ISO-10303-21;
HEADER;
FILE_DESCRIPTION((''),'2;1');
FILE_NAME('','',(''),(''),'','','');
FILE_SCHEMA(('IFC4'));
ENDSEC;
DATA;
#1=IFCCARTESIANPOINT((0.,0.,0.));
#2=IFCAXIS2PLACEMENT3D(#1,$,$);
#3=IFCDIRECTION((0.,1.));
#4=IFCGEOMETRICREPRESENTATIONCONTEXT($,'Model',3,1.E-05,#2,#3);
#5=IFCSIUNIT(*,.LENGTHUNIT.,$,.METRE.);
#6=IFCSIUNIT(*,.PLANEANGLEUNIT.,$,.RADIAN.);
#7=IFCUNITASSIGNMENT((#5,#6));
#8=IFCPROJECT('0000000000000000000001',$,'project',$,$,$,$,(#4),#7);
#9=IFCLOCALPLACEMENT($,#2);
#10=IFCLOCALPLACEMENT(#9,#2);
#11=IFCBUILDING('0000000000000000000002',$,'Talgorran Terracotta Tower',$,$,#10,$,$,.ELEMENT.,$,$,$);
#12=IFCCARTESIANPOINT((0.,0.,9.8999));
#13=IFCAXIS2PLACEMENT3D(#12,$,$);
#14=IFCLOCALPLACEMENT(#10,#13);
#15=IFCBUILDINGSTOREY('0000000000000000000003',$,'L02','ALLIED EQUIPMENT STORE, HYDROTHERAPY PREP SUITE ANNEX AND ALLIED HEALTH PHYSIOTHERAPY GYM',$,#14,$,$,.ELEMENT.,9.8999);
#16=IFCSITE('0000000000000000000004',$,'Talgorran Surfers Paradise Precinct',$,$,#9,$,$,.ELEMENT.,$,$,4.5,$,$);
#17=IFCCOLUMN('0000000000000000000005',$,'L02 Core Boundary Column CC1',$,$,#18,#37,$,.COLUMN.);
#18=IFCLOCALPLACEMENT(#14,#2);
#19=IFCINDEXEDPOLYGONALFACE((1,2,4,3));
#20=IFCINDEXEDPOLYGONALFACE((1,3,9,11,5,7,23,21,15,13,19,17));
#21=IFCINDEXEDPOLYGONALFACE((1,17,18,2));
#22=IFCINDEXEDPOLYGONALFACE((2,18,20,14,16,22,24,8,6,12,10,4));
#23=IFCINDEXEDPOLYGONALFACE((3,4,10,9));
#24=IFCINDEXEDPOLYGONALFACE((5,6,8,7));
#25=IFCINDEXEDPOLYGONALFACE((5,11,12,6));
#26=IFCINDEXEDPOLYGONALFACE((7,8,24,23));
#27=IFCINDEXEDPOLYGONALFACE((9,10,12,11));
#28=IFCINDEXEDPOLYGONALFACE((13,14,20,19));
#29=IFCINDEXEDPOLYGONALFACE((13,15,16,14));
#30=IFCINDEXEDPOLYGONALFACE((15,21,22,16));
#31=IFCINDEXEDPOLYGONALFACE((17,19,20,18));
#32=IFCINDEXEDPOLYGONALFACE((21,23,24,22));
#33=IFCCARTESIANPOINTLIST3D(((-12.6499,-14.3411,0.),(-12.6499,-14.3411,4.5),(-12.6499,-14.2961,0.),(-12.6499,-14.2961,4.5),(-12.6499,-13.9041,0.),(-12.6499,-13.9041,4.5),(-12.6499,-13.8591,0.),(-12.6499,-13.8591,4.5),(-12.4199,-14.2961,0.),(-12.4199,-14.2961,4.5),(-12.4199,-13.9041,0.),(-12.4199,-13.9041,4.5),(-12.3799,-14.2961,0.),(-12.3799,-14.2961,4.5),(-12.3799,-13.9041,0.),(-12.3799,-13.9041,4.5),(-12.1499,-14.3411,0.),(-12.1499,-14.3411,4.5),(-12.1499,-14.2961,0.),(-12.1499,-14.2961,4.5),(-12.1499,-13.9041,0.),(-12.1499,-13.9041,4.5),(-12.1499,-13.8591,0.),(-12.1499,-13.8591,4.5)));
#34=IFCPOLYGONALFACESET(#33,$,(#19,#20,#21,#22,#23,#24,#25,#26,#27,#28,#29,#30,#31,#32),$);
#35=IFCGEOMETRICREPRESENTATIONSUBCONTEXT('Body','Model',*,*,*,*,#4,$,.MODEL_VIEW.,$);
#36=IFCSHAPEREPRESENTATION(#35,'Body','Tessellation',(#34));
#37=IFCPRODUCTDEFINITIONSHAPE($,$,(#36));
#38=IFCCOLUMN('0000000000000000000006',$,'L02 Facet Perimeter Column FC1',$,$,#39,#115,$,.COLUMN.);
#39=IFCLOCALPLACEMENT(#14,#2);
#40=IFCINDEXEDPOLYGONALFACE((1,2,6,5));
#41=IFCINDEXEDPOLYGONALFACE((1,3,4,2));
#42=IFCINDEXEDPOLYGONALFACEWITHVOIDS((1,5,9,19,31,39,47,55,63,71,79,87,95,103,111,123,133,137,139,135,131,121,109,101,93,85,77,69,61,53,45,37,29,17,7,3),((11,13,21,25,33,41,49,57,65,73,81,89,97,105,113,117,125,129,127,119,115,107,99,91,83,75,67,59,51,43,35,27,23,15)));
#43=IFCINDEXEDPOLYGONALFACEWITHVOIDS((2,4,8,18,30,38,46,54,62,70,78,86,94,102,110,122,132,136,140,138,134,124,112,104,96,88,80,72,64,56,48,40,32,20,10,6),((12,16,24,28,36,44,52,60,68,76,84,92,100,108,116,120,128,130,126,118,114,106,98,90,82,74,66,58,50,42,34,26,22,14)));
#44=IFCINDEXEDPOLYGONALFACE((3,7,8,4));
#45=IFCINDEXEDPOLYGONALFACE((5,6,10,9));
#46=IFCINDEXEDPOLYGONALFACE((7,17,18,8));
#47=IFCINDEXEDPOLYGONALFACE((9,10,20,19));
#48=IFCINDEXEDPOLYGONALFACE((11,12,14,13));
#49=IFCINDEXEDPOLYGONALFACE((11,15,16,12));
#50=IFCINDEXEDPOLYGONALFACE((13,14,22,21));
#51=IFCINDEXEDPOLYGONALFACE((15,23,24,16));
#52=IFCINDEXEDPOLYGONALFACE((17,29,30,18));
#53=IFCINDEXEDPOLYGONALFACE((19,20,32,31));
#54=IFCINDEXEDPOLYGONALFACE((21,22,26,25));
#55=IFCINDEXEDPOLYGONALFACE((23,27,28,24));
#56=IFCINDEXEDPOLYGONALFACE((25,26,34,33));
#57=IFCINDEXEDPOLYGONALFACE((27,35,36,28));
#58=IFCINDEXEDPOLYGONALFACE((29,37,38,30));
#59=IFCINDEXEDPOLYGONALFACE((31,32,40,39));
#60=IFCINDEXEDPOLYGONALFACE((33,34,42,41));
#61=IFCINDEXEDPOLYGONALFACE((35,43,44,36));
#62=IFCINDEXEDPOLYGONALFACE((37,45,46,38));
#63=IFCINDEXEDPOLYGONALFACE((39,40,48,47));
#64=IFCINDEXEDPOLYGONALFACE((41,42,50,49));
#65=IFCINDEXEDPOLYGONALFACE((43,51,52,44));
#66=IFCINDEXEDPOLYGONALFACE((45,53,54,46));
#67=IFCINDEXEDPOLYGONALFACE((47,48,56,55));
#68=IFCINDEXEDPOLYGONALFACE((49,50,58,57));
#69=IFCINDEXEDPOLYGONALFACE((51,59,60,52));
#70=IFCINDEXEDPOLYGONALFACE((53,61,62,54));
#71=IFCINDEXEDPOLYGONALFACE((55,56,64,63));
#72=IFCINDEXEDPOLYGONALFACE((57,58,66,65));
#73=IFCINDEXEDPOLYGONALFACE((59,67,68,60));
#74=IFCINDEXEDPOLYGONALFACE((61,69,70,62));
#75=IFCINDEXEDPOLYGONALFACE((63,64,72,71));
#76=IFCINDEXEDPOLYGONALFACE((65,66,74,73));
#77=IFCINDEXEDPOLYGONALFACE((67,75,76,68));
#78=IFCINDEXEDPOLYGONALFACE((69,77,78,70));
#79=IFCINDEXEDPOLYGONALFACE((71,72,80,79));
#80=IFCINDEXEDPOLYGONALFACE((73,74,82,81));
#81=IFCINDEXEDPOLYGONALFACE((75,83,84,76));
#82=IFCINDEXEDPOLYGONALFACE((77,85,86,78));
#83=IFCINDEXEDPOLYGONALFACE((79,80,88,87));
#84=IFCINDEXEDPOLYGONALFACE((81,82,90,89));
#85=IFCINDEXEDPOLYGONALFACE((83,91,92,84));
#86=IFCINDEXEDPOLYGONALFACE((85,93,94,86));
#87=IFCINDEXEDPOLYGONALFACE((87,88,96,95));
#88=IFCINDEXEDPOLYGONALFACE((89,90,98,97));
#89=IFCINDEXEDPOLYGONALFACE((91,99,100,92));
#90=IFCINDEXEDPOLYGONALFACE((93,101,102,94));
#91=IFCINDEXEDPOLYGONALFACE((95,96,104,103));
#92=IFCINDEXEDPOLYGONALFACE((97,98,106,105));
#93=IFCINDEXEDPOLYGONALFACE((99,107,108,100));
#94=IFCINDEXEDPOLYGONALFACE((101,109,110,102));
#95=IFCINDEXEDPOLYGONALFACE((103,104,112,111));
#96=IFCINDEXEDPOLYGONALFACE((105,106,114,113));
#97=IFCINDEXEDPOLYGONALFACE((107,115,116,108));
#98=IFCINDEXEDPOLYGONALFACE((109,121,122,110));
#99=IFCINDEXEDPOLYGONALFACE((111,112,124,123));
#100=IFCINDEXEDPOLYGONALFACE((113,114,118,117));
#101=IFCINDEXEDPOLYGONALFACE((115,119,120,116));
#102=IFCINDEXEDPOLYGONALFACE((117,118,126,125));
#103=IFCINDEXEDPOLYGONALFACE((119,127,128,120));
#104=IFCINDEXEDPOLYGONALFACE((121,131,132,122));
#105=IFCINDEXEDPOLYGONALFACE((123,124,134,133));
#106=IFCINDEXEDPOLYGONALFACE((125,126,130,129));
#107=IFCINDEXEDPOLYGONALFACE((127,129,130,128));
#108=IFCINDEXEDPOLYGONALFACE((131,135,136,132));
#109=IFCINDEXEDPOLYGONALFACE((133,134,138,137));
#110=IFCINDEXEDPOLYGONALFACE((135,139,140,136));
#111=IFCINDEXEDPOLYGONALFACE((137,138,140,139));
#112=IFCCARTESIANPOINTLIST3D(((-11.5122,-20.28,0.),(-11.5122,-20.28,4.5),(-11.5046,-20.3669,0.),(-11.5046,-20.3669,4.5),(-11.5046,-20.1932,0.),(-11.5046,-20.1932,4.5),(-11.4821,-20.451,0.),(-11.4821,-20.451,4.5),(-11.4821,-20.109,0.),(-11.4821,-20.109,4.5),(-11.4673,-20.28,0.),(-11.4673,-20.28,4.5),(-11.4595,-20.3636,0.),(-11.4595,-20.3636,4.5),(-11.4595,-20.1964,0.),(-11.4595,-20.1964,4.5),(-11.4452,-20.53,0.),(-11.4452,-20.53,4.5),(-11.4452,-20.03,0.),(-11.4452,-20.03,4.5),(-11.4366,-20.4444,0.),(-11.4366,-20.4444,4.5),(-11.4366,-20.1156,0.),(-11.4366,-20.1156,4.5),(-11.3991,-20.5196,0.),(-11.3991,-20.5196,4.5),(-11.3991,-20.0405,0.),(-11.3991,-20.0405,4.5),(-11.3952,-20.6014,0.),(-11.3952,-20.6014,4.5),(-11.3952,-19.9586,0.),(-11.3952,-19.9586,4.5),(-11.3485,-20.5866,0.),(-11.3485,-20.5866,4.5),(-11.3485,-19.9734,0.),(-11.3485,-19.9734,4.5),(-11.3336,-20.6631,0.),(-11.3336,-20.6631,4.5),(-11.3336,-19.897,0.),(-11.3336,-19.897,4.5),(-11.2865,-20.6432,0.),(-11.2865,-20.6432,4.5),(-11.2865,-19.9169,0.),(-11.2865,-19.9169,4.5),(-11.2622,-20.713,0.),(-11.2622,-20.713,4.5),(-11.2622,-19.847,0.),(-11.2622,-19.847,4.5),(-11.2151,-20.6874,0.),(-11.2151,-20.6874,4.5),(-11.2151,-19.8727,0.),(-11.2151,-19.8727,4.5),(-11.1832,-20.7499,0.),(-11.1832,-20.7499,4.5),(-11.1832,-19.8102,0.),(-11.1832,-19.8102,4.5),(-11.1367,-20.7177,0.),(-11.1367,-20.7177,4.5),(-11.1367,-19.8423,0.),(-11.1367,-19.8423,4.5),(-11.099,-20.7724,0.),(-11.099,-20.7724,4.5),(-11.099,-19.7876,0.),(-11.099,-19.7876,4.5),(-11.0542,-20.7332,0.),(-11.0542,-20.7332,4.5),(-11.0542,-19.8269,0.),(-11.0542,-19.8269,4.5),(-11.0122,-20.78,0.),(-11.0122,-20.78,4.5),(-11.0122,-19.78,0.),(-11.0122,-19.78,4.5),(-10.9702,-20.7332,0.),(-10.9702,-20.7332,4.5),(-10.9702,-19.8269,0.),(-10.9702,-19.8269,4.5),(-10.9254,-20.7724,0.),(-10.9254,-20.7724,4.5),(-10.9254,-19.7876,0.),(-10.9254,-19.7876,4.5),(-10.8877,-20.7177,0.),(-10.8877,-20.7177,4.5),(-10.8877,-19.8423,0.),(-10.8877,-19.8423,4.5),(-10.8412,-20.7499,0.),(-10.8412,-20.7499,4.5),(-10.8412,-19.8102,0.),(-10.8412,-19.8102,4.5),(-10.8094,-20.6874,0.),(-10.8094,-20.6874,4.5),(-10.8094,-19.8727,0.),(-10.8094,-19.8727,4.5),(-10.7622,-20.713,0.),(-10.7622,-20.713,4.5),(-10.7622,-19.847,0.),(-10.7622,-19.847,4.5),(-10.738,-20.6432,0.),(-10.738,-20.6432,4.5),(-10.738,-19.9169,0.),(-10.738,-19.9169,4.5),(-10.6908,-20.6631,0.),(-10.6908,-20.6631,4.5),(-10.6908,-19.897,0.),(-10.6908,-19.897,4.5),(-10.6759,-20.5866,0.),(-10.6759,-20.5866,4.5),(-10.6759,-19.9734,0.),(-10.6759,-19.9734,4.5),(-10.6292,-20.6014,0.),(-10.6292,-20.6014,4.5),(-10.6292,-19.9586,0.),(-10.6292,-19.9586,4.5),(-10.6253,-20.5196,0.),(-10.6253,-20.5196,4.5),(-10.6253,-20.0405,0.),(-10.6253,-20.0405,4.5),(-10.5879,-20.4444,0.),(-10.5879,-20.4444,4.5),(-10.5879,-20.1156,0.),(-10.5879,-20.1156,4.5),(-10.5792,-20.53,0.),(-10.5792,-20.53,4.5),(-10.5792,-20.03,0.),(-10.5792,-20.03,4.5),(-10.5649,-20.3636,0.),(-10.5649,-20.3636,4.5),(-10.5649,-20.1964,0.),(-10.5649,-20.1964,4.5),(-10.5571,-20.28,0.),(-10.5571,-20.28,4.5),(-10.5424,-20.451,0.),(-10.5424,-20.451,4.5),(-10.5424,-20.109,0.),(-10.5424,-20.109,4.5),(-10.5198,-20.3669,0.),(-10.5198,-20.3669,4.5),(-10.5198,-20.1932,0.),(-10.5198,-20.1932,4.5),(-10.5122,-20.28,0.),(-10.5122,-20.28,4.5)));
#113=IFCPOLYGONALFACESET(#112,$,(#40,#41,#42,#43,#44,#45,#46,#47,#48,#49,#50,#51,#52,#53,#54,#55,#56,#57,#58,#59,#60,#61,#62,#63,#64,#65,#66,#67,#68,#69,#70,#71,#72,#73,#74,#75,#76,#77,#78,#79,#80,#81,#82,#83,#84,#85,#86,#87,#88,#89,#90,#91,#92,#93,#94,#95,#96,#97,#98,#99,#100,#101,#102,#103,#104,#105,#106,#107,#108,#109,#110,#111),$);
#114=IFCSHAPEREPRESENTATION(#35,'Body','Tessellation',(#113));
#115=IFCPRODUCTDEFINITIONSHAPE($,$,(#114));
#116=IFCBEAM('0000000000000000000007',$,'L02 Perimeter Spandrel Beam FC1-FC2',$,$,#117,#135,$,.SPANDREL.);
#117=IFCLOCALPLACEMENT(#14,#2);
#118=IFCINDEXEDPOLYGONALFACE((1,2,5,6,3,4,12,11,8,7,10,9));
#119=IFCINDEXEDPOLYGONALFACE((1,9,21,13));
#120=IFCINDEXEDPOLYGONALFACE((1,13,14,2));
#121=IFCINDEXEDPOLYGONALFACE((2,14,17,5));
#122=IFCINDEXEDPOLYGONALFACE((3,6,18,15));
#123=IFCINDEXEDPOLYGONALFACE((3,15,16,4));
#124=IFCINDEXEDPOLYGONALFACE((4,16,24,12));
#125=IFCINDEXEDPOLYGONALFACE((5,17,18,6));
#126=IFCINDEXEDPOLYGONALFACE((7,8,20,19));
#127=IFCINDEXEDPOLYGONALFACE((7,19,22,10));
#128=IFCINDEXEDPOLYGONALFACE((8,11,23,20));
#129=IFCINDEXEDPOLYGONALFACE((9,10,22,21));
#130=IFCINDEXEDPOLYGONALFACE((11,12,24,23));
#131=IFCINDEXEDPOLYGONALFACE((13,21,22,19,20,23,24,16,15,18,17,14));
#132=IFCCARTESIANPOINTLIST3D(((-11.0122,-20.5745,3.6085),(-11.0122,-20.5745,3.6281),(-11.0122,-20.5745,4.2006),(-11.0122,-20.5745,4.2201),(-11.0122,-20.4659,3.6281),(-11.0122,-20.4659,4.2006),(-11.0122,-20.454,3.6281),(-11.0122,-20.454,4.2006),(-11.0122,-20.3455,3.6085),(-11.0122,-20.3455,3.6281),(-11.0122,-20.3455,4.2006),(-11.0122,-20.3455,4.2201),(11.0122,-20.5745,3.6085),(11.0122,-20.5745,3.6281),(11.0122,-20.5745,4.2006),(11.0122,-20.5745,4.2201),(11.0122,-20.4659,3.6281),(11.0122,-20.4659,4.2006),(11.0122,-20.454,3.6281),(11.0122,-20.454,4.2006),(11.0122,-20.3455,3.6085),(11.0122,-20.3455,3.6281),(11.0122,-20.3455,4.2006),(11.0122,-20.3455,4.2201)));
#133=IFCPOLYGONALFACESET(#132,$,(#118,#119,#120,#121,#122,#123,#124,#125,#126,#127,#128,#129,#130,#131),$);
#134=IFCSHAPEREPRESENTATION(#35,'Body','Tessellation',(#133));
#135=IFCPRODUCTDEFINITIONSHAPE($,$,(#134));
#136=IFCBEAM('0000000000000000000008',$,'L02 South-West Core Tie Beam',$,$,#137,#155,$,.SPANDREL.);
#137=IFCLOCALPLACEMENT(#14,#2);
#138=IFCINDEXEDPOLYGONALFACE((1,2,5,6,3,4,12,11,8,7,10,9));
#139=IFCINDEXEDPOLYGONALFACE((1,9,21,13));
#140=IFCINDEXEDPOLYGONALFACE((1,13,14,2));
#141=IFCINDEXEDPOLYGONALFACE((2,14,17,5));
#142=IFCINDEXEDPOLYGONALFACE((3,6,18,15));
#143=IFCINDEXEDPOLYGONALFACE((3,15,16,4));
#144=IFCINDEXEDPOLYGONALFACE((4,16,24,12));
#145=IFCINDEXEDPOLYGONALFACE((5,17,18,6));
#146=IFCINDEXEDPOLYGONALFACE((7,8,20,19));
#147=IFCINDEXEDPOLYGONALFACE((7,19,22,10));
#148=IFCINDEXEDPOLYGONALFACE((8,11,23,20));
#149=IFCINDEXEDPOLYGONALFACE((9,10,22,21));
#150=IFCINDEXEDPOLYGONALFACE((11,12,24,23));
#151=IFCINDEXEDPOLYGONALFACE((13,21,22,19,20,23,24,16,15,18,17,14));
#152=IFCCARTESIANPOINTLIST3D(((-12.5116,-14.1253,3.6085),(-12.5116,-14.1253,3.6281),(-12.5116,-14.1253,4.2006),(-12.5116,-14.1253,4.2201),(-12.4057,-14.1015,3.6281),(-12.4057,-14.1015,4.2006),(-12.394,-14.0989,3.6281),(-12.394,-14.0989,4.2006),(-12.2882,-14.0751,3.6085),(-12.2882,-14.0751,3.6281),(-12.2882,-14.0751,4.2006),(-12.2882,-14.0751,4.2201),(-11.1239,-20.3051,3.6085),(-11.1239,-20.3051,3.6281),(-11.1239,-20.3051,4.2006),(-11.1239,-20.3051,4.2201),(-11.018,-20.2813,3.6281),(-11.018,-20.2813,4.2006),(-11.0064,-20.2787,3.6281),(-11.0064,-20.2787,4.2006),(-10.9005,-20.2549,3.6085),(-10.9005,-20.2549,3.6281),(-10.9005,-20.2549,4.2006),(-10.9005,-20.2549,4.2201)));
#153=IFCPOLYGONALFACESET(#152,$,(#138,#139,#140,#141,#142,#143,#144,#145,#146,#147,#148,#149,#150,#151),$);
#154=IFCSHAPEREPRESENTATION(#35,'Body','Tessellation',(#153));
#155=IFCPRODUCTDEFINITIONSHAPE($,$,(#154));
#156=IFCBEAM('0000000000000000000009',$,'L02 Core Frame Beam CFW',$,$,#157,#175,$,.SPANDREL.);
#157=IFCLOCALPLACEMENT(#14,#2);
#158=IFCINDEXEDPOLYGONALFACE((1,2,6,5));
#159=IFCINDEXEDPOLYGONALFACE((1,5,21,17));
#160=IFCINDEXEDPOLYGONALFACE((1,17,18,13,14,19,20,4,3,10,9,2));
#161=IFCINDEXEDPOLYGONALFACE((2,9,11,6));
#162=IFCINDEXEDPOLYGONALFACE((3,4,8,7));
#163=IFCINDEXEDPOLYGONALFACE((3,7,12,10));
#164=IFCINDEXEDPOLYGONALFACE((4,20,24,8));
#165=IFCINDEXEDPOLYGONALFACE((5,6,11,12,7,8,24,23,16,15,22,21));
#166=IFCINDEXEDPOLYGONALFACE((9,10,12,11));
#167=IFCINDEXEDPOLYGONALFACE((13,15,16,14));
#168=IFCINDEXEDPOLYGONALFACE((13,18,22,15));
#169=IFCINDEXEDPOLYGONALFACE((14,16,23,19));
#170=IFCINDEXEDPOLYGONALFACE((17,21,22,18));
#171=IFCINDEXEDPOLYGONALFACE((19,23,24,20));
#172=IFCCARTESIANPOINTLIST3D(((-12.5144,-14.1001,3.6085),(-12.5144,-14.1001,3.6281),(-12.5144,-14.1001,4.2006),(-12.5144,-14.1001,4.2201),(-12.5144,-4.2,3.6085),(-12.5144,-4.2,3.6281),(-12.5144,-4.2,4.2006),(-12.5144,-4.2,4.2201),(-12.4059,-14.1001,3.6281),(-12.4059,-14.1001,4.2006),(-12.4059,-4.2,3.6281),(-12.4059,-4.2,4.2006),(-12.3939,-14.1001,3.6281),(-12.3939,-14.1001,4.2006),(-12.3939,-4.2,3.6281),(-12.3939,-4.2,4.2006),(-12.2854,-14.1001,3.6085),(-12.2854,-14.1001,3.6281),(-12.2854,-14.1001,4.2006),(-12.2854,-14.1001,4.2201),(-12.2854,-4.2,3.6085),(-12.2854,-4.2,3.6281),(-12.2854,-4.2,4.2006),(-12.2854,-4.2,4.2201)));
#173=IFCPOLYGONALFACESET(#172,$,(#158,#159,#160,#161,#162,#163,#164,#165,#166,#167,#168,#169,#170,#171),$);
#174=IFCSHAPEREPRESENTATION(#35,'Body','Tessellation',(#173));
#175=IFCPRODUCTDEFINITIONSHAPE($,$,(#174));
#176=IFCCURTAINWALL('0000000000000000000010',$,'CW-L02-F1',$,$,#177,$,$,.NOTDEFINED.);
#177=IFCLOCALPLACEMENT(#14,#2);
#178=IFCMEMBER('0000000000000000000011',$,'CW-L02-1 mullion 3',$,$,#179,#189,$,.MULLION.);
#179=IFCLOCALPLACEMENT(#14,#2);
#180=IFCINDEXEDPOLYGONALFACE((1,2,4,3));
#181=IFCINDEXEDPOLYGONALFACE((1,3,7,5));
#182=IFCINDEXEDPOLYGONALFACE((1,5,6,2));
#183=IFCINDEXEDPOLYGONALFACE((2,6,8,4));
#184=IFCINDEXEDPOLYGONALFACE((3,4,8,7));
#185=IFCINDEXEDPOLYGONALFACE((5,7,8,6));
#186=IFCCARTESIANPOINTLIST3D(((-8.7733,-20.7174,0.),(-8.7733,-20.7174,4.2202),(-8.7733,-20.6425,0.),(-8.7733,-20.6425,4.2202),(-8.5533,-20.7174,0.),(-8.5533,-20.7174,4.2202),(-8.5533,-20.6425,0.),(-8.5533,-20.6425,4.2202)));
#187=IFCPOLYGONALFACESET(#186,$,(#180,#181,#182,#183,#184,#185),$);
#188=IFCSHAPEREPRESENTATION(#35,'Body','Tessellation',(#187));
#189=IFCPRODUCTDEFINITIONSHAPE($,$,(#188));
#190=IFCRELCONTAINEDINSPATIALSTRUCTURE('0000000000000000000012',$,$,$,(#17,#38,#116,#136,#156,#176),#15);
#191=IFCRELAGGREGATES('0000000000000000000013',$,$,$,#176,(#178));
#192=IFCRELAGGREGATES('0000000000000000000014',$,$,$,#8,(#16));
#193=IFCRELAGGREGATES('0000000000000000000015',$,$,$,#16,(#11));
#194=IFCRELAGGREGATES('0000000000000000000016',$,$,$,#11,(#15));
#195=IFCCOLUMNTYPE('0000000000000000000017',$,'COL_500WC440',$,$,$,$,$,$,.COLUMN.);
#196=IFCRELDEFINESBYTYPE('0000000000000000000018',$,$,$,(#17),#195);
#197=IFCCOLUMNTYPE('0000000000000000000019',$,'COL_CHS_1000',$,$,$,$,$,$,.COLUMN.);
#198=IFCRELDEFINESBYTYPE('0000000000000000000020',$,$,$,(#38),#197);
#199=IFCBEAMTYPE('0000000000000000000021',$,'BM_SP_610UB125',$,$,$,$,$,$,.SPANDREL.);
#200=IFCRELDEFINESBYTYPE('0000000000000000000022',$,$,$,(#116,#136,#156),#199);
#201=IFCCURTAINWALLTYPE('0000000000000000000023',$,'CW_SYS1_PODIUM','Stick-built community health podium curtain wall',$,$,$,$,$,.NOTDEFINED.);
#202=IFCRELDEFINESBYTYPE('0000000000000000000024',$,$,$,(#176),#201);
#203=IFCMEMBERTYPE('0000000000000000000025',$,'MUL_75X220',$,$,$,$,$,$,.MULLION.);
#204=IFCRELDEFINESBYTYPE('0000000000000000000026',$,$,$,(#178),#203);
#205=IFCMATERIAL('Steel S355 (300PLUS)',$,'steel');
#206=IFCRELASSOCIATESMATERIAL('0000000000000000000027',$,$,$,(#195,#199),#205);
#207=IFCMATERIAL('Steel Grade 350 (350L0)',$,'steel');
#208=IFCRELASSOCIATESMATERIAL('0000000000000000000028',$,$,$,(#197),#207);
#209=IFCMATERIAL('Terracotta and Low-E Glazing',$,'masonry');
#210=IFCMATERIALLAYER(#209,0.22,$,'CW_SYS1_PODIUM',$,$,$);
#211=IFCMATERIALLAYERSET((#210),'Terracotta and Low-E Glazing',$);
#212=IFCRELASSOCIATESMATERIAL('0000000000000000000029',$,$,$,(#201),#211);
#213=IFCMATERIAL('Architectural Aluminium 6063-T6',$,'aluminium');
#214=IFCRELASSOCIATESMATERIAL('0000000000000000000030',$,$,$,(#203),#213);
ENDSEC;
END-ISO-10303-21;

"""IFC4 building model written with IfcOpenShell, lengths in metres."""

from ifc_helpers import new_model, si_unit, direction, frame, origin, origin_2d, place, context, subcontext, project, spatial, rectangle, hollow_circle, i_section, extrude, material, layer, layer_set, material_profile, profile_set, type_object, element, aggregate, save


model = new_model("IFC4")

# Units and contexts
model_context = context("Model", 3, precision=1e-05, world=origin(), true_north=direction((0.0, 1.0)))
body_context = subcontext(model_context, "Body", "Model", "MODEL_VIEW")
ifc_project = project(units=[si_unit("LENGTHUNIT", "METRE"), si_unit("PLANEANGLEUNIT", "RADIAN")], contexts=[model_context])

# Site, building, storey
site_placement = place(None, origin())
site = spatial("IfcSite", under=ifc_project, at=site_placement, Name="Talgorran Surfers Paradise Precinct", CompositionType="ELEMENT", RefElevation=4.5)
building_placement = place(site_placement, origin())
building = spatial("IfcBuilding", under=site, at=building_placement, Name="Talgorran Terracotta Tower", CompositionType="ELEMENT")
storey_placement = place(building_placement, frame((0.0, 0.0, 9.8999)))
storey = spatial("IfcBuildingStorey", under=building, at=storey_placement, Name="L02", Description="ALLIED EQUIPMENT STORE, HYDROTHERAPY PREP SUITE ANNEX AND ALLIED HEALTH PHYSIOTHERAPY GYM", CompositionType="ELEMENT", Elevation=9.8999)

# Columns
ifc_material_1 = material(Name="Steel S355 (300PLUS)", Category="steel")
ifc_material_profile_1 = material_profile(ifc_material_1, i_section(OverallWidth=0.5, OverallDepth=0.4819, WebThickness=0.04, FlangeThickness=0.0449, at=origin_2d()), Name="500WC440")
ifc_profile_set_1 = profile_set([ifc_material_profile_1], Name="Steel S355 (300PLUS)")
column_type_1 = type_object("IfcColumnType", Name="COL_500WC440", PredefinedType="COLUMN", material=ifc_profile_set_1)
column_1_placement = place(storey_placement, frame((-12.3999, -14.1001, 0.0), z_axis=(0.0, 0.0, 1.0), x_axis=(1.0, 0.0, 0.0)))
element("IfcColumn", 1, at=column_1_placement, inside=storey, type_object=column_type_1, Name="L02 Core Boundary Column CC1", PredefinedType="COLUMN", context=body_context, shape_type="SweptSolid", body=[
    extrude(i_section(OverallWidth=0.5, OverallDepth=0.4819, WebThickness=0.04, FlangeThickness=0.0449, at=origin_2d()), origin(), (0.0, 0.0, 1.0), 4.5),
])
ifc_material_2 = material(Name="Steel Grade 350 (350L0)", Category="steel")
ifc_material_profile_2 = material_profile(ifc_material_2, hollow_circle(Radius=0.5, WallThickness=0.0449, at=origin_2d()), Name="CHS1000X45")
ifc_profile_set_2 = profile_set([ifc_material_profile_2], Name="Steel Grade 350 (350L0)")
column_type_2 = type_object("IfcColumnType", Name="COL_CHS_1000", PredefinedType="COLUMN", material=ifc_profile_set_2)
column_2_placement = place(storey_placement, frame((-11.0122, -20.28, 0.0), z_axis=(0.0, 0.0, 1.0), x_axis=(1.0, 0.0, 0.0)))
element("IfcColumn", 2, at=column_2_placement, inside=storey, type_object=column_type_2, Name="L02 Facet Perimeter Column FC1", PredefinedType="COLUMN", context=body_context, shape_type="SweptSolid", body=[
    extrude(hollow_circle(Radius=0.5, WallThickness=0.0449, at=origin_2d()), origin(), (0.0, 0.0, 1.0), 4.5),
])

# Beams
ifc_material_profile_3 = material_profile(ifc_material_1, i_section(OverallWidth=0.229, OverallDepth=0.6116, WebThickness=0.012, FlangeThickness=0.0195, at=origin_2d()), Name="610UB125")
ifc_profile_set_3 = profile_set([ifc_material_profile_3], Name="Steel S355 (300PLUS)")
beam_type = type_object("IfcBeamType", Name="BM_SP_610UB125", PredefinedType="SPANDREL", material=ifc_profile_set_3)
beam_1_placement = place(storey_placement, frame((-11.0122, -20.46, 3.9143), z_axis=(1.0, 0.0, 0.0), x_axis=(0.0, 1.0, 0.0)))
element("IfcBeam", 3, at=beam_1_placement, inside=storey, type_object=beam_type, Name="L02 Perimeter Spandrel Beam FC1-FC2", PredefinedType="SPANDREL", context=body_context, shape_type="SweptSolid", body=[
    extrude(i_section(OverallWidth=0.229, OverallDepth=0.6116, WebThickness=0.012, FlangeThickness=0.0195, at=origin_2d()), origin(), (0.0, 0.0, 1.0), 22.0244),
])
beam_2_placement = place(storey_placement, frame((-11.0122, -20.28, 3.9143), z_axis=(-0.219093, 0.975704, 0.0), x_axis=(-0.975704, -0.219093, 0.0)))
element("IfcBeam", 4, at=beam_2_placement, inside=storey, type_object=beam_type, Name="L02 South-West Core Tie Beam", PredefinedType="SPANDREL", context=body_context, shape_type="SweptSolid", body=[
    extrude(i_section(OverallWidth=0.229, OverallDepth=0.6116, WebThickness=0.012, FlangeThickness=0.0195, at=origin_2d()), origin(), (0.0, 0.0, 1.0), 6.3337),
])
beam_3_placement = place(storey_placement, frame((-12.3999, -14.1001, 3.9143), z_axis=(0.0, 1.0, 0.0), x_axis=(-1.0, 0.0, 0.0)))
element("IfcBeam", 5, at=beam_3_placement, inside=storey, type_object=beam_type, Name="L02 Core Frame Beam CFW", PredefinedType="SPANDREL", context=body_context, shape_type="SweptSolid", body=[
    extrude(i_section(OverallWidth=0.229, OverallDepth=0.6116, WebThickness=0.012, FlangeThickness=0.0195, at=origin_2d()), origin(), (0.0, 0.0, 1.0), 9.9001),
])

# Curtain wall, member
ifc_material_3 = material(Name="Terracotta and Low-E Glazing", Category="masonry")
ifc_layer_1 = layer(ifc_material_3, 0.22, Name="CW_SYS1_PODIUM")
ifc_layer_set_1 = layer_set([ifc_layer_1], Name="Terracotta and Low-E Glazing")
curtain_wall_type = type_object("IfcCurtainWallType", Name="CW_SYS1_PODIUM", Description="Stick-built community health podium curtain wall", PredefinedType="NOTDEFINED", material=ifc_layer_set_1)
curtain_wall_placement = place(storey_placement, origin())
curtain_wall = element("IfcCurtainWall", 6, at=curtain_wall_placement, inside=storey, type_object=curtain_wall_type, Name="CW-L02-F1", PredefinedType="NOTDEFINED")
ifc_material_4 = material(Name="Architectural Aluminium 6063-T6", Category="aluminium")
ifc_material_profile_4 = material_profile(ifc_material_4, rectangle(XDim=0.075, YDim=0.22, at=origin_2d()), Name="CWM75X220")
ifc_profile_set_4 = profile_set([ifc_material_profile_4], Name="Architectural Aluminium 6063-T6")
member_type = type_object("IfcMemberType", Name="MUL_75X220", PredefinedType="MULLION", material=ifc_profile_set_4)
member_placement = place(storey_placement, frame((-8.6633, -20.6799, 0.0), z_axis=(0.0, 0.0, 1.0), x_axis=(0.0, 1.0, 0.0)))
member = element("IfcMember", 7, at=member_placement, type_object=member_type, Name="CW-L02-1 mullion 3", PredefinedType="MULLION", context=body_context, shape_type="SweptSolid", body=[
    extrude(rectangle(XDim=0.075, YDim=0.22, at=origin_2d()), origin(), (0.0, 0.0, 1.0), 4.2202),
])
aggregate(curtain_wall, [member])

save(model, "model.ifc")
